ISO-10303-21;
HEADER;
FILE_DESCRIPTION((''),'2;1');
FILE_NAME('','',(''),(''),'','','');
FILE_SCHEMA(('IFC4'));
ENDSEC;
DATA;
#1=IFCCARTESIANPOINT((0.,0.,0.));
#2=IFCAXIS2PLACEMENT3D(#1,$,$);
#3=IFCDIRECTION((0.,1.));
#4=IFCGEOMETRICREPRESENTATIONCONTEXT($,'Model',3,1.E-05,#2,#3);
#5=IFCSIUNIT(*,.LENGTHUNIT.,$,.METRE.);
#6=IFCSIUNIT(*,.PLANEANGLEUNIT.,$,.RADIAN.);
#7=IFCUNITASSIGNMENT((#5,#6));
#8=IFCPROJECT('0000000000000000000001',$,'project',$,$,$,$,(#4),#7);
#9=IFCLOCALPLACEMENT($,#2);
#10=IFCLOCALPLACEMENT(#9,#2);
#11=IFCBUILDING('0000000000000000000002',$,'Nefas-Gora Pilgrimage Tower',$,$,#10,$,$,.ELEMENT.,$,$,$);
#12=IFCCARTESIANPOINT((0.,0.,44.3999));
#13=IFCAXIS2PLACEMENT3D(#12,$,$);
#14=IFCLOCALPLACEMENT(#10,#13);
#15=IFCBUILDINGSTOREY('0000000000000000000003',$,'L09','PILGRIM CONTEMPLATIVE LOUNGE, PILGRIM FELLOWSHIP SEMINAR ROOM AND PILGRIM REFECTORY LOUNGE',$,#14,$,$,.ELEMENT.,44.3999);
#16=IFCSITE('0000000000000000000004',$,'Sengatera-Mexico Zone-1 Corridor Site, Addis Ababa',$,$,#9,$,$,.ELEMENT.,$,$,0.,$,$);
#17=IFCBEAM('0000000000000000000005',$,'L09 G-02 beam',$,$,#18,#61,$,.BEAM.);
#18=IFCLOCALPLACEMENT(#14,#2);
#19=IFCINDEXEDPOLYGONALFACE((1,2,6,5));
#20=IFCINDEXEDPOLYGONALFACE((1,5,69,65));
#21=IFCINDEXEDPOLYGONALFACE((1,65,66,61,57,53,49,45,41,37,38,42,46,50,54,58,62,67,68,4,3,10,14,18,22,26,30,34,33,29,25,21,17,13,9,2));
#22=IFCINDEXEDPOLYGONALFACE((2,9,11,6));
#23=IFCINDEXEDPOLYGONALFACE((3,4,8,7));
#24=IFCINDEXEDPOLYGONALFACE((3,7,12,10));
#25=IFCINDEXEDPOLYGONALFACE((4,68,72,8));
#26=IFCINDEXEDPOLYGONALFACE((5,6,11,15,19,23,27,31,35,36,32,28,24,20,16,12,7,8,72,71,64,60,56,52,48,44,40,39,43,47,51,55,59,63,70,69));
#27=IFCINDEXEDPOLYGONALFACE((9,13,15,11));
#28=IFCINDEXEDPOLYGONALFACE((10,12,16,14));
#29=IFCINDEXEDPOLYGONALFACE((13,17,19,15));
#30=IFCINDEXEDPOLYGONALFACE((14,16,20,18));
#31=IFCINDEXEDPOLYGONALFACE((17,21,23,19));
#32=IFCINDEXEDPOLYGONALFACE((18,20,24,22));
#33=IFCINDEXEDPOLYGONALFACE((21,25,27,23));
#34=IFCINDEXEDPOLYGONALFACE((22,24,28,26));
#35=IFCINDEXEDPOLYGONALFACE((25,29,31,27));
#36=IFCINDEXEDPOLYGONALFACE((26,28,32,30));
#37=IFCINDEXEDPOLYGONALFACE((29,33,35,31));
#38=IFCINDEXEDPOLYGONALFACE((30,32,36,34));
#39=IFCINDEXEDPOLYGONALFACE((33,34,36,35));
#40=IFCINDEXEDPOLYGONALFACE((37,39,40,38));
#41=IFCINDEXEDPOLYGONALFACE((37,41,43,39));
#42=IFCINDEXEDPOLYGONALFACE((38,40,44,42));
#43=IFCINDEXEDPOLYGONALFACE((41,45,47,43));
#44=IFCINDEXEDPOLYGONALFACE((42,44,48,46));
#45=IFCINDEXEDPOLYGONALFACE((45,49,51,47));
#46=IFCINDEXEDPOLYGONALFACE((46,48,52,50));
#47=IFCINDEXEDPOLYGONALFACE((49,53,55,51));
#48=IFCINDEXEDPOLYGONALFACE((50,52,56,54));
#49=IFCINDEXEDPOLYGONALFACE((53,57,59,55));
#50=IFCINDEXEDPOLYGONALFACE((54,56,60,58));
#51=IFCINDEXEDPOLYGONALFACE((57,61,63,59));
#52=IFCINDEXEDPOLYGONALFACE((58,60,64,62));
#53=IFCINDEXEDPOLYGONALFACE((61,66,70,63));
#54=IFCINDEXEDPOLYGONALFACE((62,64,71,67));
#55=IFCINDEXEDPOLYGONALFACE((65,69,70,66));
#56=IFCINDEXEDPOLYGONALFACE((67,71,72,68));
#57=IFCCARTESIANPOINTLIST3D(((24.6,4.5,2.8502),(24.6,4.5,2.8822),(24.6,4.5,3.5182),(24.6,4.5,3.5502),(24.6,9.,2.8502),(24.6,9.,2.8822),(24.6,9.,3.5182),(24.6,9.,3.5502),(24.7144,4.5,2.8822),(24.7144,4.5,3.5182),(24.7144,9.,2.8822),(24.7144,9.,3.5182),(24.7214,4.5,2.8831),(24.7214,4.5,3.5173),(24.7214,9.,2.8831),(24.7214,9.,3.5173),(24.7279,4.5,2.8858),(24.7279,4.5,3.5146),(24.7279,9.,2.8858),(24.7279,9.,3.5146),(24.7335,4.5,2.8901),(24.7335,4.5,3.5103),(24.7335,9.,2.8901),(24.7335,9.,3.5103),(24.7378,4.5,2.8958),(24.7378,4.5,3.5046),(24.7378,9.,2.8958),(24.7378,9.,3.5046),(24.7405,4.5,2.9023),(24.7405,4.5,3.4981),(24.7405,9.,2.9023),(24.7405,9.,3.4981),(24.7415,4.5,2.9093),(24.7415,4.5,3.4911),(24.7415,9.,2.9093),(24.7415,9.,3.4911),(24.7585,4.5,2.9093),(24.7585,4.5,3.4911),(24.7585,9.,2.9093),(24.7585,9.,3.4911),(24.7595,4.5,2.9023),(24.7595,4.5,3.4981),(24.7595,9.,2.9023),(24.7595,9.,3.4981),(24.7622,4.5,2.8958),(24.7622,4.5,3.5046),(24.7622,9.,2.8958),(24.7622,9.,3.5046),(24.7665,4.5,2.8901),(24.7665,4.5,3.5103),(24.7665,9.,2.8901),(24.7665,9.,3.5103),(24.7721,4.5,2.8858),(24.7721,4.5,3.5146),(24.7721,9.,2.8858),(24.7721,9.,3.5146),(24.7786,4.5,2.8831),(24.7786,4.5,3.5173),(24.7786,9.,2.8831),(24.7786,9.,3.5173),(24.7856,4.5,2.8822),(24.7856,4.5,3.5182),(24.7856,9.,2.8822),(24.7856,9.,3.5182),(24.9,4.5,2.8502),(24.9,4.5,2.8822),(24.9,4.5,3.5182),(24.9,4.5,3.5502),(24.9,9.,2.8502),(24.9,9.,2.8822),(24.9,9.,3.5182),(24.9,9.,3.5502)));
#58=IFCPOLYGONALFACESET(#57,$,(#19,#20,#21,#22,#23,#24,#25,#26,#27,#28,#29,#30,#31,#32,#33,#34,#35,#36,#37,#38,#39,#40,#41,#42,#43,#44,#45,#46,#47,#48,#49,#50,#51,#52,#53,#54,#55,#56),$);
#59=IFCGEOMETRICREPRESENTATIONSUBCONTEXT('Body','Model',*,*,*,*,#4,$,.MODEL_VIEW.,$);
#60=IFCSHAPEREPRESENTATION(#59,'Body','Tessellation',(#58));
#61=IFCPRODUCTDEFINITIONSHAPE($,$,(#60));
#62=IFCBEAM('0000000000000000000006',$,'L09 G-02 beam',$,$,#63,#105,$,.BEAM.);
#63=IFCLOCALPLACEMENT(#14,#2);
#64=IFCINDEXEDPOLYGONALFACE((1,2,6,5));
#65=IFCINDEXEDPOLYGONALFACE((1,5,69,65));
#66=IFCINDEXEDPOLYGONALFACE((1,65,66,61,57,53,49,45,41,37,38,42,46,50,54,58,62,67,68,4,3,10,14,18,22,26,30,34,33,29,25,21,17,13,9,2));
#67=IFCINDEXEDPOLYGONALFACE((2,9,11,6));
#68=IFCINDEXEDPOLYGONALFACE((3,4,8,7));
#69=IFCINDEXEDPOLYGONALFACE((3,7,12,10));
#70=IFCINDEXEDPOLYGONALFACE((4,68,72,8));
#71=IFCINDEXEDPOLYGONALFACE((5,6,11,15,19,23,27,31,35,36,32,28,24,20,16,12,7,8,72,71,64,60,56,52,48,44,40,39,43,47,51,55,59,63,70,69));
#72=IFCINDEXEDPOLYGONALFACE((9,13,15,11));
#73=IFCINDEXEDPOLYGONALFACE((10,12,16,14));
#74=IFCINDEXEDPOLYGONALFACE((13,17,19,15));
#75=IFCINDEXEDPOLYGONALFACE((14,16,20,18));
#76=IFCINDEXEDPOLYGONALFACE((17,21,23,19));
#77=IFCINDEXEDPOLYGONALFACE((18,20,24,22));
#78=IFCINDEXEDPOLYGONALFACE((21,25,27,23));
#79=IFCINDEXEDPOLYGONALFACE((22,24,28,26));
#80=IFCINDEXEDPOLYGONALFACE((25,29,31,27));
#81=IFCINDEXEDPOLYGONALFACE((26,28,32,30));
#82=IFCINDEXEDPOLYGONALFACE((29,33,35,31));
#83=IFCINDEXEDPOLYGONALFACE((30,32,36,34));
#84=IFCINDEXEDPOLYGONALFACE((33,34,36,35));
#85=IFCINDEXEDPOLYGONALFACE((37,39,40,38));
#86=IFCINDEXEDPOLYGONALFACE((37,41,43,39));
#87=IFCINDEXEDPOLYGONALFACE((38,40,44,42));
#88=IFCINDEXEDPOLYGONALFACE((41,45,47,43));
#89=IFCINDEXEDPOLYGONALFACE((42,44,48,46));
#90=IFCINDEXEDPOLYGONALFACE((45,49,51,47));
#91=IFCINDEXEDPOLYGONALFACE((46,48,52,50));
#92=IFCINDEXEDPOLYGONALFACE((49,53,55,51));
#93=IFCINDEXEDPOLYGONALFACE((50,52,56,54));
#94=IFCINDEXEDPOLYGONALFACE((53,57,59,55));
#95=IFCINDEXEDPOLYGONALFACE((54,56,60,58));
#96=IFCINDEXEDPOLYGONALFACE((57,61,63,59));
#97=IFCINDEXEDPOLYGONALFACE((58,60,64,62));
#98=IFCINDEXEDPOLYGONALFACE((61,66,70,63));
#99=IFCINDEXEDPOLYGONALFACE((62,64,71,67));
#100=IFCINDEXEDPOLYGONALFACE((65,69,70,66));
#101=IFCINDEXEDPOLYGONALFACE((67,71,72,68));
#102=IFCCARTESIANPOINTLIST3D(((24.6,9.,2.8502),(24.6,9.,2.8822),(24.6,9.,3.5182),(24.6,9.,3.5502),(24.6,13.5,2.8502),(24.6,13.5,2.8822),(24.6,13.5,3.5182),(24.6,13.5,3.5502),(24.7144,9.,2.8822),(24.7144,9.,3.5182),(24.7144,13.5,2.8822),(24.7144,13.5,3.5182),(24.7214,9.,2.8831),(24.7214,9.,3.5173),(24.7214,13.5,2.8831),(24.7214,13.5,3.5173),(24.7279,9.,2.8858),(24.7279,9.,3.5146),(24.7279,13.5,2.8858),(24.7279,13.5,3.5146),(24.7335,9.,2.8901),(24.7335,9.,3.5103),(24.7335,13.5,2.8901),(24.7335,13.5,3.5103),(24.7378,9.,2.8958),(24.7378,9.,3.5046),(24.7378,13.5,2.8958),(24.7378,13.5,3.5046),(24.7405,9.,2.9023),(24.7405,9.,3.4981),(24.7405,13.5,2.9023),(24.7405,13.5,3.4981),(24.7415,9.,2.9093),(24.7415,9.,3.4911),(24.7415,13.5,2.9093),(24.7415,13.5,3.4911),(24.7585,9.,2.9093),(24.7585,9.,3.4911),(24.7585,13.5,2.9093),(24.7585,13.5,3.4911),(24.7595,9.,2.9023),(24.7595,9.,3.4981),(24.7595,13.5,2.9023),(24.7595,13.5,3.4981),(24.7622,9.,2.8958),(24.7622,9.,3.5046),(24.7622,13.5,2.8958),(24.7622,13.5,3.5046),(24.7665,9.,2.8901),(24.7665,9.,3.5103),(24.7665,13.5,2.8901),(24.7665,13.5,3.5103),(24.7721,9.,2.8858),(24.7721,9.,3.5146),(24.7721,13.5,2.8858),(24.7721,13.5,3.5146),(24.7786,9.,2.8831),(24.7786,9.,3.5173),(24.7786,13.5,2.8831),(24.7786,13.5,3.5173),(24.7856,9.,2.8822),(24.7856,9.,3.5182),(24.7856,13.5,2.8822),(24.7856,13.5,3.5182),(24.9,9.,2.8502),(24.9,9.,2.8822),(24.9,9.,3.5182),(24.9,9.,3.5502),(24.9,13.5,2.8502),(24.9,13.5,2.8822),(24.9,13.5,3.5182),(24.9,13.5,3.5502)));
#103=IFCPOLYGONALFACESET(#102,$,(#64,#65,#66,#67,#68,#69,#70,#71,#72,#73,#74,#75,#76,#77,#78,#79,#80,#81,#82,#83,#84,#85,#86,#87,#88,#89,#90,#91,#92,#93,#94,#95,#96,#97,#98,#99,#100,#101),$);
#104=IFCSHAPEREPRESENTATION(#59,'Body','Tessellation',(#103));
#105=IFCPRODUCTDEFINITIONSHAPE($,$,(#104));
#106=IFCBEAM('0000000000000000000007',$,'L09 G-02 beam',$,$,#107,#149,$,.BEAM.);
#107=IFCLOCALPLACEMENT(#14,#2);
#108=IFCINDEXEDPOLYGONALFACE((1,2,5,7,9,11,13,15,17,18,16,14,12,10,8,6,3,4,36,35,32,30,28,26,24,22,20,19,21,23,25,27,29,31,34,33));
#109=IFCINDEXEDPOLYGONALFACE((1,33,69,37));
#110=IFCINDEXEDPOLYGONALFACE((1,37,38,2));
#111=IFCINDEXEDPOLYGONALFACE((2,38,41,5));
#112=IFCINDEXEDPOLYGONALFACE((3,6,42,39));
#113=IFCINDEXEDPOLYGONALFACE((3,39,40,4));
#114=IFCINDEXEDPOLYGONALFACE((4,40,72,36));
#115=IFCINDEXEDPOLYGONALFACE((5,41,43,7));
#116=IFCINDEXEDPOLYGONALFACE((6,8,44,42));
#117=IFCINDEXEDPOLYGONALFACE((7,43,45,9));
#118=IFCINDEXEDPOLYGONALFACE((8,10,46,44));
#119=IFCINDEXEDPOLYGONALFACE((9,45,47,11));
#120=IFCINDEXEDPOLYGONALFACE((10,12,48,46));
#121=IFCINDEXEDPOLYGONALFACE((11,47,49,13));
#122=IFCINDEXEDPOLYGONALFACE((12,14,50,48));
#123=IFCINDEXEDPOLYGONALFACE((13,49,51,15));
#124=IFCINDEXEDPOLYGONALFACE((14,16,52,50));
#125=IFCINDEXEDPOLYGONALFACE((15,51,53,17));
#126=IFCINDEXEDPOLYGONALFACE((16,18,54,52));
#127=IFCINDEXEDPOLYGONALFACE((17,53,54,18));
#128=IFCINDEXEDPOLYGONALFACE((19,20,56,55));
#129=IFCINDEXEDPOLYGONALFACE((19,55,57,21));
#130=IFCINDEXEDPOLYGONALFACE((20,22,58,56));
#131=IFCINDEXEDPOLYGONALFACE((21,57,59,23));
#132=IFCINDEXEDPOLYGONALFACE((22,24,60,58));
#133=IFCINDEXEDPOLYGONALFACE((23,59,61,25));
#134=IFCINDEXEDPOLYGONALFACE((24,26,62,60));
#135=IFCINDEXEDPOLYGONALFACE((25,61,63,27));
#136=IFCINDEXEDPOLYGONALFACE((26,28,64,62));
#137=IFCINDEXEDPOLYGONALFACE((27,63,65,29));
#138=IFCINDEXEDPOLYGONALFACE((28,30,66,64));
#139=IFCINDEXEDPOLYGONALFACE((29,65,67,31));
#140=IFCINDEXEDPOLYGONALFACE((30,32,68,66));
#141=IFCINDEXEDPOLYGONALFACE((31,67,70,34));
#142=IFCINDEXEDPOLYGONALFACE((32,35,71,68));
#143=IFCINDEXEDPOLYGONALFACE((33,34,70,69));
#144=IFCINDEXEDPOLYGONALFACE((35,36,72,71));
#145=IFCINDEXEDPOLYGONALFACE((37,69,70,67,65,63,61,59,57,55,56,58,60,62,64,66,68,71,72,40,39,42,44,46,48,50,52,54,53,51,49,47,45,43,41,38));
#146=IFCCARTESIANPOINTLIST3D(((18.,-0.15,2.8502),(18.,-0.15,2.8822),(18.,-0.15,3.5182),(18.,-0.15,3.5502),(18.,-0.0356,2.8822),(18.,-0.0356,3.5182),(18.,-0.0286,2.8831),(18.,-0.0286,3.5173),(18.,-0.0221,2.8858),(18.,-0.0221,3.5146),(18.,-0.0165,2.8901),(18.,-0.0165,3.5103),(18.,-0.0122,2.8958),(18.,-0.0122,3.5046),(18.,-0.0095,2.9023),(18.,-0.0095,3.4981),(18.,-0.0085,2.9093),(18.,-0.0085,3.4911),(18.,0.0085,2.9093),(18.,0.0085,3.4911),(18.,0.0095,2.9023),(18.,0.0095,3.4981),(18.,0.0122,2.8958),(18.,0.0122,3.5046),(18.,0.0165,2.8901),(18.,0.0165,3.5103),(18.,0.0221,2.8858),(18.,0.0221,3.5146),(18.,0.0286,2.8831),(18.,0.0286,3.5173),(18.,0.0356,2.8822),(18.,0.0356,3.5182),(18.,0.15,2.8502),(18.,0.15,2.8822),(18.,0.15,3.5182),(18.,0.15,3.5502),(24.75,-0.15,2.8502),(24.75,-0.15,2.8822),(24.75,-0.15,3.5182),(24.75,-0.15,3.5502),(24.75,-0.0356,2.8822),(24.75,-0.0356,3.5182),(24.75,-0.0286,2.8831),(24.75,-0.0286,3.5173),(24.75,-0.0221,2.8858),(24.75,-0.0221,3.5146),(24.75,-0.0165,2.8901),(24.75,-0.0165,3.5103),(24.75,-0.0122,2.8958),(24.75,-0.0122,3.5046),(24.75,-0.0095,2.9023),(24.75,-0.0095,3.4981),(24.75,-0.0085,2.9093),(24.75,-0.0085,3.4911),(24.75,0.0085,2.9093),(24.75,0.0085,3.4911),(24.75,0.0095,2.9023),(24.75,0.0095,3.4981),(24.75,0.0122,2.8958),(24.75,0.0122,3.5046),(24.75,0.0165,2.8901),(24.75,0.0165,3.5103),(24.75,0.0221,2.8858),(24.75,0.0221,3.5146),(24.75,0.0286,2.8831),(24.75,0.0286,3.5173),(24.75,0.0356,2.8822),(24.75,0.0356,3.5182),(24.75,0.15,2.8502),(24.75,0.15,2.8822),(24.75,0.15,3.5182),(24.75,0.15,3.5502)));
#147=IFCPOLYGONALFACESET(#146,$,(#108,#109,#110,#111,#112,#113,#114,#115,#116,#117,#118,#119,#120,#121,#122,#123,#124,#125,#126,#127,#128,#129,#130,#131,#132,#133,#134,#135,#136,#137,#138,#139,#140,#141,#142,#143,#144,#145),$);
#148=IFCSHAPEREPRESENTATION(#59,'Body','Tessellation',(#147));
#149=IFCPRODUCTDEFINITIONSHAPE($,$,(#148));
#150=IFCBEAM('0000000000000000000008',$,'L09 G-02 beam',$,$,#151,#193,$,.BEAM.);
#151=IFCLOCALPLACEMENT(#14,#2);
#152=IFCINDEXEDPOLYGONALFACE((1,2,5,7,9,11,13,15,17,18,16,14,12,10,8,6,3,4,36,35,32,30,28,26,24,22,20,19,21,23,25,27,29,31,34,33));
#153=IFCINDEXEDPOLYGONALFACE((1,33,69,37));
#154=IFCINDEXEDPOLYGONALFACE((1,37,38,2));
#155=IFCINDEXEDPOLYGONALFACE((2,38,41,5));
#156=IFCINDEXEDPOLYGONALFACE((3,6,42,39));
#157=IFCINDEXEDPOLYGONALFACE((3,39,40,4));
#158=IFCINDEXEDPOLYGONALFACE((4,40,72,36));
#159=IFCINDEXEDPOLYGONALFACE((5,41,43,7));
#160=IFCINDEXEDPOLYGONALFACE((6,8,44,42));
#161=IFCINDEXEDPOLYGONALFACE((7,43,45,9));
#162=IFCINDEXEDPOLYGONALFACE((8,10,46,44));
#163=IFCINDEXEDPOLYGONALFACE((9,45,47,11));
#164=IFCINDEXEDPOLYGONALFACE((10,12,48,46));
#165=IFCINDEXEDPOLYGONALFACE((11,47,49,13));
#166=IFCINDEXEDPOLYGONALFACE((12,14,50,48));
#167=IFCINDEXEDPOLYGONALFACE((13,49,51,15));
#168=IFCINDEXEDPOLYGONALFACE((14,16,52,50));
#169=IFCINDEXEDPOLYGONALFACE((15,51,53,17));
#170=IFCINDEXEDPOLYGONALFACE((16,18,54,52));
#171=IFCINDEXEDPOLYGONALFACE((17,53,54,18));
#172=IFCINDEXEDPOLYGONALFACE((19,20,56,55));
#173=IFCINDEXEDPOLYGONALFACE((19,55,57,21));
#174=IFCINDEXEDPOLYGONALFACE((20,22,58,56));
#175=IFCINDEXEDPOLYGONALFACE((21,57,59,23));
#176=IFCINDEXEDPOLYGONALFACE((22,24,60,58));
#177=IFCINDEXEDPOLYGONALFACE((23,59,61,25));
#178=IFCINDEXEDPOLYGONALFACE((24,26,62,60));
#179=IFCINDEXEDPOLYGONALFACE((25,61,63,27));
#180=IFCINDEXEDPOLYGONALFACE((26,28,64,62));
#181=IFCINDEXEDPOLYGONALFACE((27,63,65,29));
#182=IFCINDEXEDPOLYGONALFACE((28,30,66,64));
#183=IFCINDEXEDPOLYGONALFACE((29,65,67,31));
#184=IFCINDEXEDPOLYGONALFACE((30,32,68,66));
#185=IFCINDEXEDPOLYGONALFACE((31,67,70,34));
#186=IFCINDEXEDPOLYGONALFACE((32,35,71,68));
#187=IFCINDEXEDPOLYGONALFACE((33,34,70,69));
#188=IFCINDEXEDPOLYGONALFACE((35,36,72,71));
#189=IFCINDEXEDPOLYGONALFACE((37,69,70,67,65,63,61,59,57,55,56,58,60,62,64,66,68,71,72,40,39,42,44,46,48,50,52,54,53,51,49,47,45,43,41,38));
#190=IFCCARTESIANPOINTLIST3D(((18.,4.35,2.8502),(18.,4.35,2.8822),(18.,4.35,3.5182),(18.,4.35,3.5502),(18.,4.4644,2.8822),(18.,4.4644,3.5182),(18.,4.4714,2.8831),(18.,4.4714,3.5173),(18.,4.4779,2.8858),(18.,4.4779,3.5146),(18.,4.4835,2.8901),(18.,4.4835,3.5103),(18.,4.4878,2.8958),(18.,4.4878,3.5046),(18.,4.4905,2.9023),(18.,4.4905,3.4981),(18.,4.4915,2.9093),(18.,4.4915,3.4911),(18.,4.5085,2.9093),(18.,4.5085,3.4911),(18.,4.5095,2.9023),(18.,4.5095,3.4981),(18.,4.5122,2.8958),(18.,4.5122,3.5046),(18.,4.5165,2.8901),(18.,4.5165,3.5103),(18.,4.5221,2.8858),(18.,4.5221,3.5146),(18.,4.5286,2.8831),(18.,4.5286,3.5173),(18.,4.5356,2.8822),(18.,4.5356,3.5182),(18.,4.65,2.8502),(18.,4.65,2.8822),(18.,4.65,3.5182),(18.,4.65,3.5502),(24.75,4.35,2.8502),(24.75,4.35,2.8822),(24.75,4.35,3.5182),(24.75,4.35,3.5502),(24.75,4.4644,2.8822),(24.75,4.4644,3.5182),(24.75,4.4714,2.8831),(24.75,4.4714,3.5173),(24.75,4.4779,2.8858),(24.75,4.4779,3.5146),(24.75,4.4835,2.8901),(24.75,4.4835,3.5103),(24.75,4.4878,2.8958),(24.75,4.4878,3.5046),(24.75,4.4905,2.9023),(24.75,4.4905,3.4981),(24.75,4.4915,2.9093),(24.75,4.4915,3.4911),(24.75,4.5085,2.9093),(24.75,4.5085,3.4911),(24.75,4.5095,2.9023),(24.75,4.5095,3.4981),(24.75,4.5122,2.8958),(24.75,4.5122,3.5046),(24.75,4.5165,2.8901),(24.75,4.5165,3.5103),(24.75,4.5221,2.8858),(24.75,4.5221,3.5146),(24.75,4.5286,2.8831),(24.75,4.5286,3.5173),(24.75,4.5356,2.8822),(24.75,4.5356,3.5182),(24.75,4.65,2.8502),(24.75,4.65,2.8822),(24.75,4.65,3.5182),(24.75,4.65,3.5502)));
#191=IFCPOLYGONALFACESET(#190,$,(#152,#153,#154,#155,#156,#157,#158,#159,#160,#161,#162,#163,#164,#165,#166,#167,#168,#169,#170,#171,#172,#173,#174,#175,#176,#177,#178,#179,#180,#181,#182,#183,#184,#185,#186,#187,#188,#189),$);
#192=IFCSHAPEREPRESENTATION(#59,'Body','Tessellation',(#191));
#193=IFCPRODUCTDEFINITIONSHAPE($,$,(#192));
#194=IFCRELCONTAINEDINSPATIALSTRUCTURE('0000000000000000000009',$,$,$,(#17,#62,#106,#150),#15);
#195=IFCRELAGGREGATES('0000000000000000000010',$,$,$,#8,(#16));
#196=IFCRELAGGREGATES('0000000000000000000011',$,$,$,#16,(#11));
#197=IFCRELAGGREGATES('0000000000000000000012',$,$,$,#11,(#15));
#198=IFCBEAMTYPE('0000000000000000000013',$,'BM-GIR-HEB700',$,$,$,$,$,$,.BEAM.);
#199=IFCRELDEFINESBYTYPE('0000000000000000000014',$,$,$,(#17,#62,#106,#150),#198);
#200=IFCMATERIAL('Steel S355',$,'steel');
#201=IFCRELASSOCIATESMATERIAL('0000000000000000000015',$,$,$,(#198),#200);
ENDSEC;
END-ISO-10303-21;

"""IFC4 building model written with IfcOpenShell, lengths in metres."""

from ifc_helpers import new_model, si_unit, direction, frame, origin, origin_2d, place, context, subcontext, project, spatial, i_section, extrude, source, transform, mapped, material, material_profile, profile_set, type_object, element, save


model = new_model("IFC4")

# Units and contexts
model_context = context("Model", 3, precision=1e-05, world=origin(), true_north=direction((0.0, 1.0)))
body_context = subcontext(model_context, "Body", "Model", "MODEL_VIEW")
ifc_project = project(units=[si_unit("LENGTHUNIT", "METRE"), si_unit("PLANEANGLEUNIT", "RADIAN")], contexts=[model_context])

# Site, building, storey
site_placement = place(None, origin())
site = spatial("IfcSite", under=ifc_project, at=site_placement, Name="Sengatera-Mexico Zone-1 Corridor Site, Addis Ababa", CompositionType="ELEMENT", RefElevation=0.0)
building_placement = place(site_placement, origin())
building = spatial("IfcBuilding", under=site, at=building_placement, Name="Nefas-Gora Pilgrimage Tower", CompositionType="ELEMENT")
storey_placement = place(building_placement, frame((0.0, 0.0, 44.3999)))
storey = spatial("IfcBuildingStorey", under=building, at=storey_placement, Name="L09", Description="PILGRIM CONTEMPLATIVE LOUNGE, PILGRIM FELLOWSHIP SEMINAR ROOM AND PILGRIM REFECTORY LOUNGE", CompositionType="ELEMENT", Elevation=44.3999)

# Beams
ifc_material_1 = material(Name="Steel S355", Category="steel")
ifc_material_profile_1 = material_profile(ifc_material_1, i_section(OverallWidth=0.3, OverallDepth=0.7, WebThickness=0.0171, FlangeThickness=0.032, FilletRadius=0.0271, at=origin_2d()), Name="HEB 700")
ifc_profile_set_1 = profile_set([ifc_material_profile_1], Name="Steel S355")
beam_type_1 = type_object("IfcBeamType", Name="BM-GIR-HEB700", PredefinedType="BEAM", material=ifc_profile_set_1)
shared_shape_1 = source(origin(), body_context, "Body", "SweptSolid", [
    extrude(i_section(OverallWidth=0.3, OverallDepth=0.7, WebThickness=0.0171, FlangeThickness=0.032, FilletRadius=0.0271, at=origin_2d()), origin(), (0.0, 0.0, 1.0), 4.5),
])
for number, where, z_axis, x_axis, name in (
    (1, (24.75, 4.5, 3.2002), (0.0, 1.0, 0.0), (-1.0, 0.0, 0.0), "L09 G-02 beam"),
    (2, (24.75, 9.0, 3.2002), (0.0, 1.0, 0.0), (-1.0, 0.0, 0.0), "L09 G-02 beam"),
):
    element("IfcBeam", number, at=place(storey_placement, frame(where, z_axis=z_axis, x_axis=x_axis)), inside=storey, type_object=beam_type_1, Name=name, PredefinedType="BEAM", context=body_context, shape_type="MappedRepresentation", body=[
        mapped(shared_shape_1, transform((0.0, 0.0, 0.0), x_axis=(1.0, 0.0, 0.0), y_axis=(0.0, 1.0, 0.0), z_axis=(0.0, 0.0, 1.0), scale=1.0)),
    ])
shared_shape_2 = source(origin(), body_context, "Body", "SweptSolid", [
    extrude(i_section(OverallWidth=0.3, OverallDepth=0.7, WebThickness=0.0171, FlangeThickness=0.032, FilletRadius=0.0271, at=origin_2d()), origin(), (0.0, 0.0, 1.0), 6.75),
])
for number, where, z_axis, x_axis, name in (
    (3, (18.0, 0.0, 3.2002), (1.0, 0.0, 0.0), (0.0, 1.0, 0.0), "L09 G-02 beam"),
    (4, (18.0, 4.5, 3.2002), (1.0, 0.0, 0.0), (0.0, 1.0, 0.0), "L09 G-02 beam"),
):
    element("IfcBeam", number, at=place(storey_placement, frame(where, z_axis=z_axis, x_axis=x_axis)), inside=storey, type_object=beam_type_1, Name=name, PredefinedType="BEAM", context=body_context, shape_type="MappedRepresentation", body=[
        mapped(shared_shape_2, transform((0.0, 0.0, 0.0), x_axis=(1.0, 0.0, 0.0), y_axis=(0.0, 1.0, 0.0), z_axis=(0.0, 0.0, 1.0), scale=1.0)),
    ])

save(model, "model.ifc")
